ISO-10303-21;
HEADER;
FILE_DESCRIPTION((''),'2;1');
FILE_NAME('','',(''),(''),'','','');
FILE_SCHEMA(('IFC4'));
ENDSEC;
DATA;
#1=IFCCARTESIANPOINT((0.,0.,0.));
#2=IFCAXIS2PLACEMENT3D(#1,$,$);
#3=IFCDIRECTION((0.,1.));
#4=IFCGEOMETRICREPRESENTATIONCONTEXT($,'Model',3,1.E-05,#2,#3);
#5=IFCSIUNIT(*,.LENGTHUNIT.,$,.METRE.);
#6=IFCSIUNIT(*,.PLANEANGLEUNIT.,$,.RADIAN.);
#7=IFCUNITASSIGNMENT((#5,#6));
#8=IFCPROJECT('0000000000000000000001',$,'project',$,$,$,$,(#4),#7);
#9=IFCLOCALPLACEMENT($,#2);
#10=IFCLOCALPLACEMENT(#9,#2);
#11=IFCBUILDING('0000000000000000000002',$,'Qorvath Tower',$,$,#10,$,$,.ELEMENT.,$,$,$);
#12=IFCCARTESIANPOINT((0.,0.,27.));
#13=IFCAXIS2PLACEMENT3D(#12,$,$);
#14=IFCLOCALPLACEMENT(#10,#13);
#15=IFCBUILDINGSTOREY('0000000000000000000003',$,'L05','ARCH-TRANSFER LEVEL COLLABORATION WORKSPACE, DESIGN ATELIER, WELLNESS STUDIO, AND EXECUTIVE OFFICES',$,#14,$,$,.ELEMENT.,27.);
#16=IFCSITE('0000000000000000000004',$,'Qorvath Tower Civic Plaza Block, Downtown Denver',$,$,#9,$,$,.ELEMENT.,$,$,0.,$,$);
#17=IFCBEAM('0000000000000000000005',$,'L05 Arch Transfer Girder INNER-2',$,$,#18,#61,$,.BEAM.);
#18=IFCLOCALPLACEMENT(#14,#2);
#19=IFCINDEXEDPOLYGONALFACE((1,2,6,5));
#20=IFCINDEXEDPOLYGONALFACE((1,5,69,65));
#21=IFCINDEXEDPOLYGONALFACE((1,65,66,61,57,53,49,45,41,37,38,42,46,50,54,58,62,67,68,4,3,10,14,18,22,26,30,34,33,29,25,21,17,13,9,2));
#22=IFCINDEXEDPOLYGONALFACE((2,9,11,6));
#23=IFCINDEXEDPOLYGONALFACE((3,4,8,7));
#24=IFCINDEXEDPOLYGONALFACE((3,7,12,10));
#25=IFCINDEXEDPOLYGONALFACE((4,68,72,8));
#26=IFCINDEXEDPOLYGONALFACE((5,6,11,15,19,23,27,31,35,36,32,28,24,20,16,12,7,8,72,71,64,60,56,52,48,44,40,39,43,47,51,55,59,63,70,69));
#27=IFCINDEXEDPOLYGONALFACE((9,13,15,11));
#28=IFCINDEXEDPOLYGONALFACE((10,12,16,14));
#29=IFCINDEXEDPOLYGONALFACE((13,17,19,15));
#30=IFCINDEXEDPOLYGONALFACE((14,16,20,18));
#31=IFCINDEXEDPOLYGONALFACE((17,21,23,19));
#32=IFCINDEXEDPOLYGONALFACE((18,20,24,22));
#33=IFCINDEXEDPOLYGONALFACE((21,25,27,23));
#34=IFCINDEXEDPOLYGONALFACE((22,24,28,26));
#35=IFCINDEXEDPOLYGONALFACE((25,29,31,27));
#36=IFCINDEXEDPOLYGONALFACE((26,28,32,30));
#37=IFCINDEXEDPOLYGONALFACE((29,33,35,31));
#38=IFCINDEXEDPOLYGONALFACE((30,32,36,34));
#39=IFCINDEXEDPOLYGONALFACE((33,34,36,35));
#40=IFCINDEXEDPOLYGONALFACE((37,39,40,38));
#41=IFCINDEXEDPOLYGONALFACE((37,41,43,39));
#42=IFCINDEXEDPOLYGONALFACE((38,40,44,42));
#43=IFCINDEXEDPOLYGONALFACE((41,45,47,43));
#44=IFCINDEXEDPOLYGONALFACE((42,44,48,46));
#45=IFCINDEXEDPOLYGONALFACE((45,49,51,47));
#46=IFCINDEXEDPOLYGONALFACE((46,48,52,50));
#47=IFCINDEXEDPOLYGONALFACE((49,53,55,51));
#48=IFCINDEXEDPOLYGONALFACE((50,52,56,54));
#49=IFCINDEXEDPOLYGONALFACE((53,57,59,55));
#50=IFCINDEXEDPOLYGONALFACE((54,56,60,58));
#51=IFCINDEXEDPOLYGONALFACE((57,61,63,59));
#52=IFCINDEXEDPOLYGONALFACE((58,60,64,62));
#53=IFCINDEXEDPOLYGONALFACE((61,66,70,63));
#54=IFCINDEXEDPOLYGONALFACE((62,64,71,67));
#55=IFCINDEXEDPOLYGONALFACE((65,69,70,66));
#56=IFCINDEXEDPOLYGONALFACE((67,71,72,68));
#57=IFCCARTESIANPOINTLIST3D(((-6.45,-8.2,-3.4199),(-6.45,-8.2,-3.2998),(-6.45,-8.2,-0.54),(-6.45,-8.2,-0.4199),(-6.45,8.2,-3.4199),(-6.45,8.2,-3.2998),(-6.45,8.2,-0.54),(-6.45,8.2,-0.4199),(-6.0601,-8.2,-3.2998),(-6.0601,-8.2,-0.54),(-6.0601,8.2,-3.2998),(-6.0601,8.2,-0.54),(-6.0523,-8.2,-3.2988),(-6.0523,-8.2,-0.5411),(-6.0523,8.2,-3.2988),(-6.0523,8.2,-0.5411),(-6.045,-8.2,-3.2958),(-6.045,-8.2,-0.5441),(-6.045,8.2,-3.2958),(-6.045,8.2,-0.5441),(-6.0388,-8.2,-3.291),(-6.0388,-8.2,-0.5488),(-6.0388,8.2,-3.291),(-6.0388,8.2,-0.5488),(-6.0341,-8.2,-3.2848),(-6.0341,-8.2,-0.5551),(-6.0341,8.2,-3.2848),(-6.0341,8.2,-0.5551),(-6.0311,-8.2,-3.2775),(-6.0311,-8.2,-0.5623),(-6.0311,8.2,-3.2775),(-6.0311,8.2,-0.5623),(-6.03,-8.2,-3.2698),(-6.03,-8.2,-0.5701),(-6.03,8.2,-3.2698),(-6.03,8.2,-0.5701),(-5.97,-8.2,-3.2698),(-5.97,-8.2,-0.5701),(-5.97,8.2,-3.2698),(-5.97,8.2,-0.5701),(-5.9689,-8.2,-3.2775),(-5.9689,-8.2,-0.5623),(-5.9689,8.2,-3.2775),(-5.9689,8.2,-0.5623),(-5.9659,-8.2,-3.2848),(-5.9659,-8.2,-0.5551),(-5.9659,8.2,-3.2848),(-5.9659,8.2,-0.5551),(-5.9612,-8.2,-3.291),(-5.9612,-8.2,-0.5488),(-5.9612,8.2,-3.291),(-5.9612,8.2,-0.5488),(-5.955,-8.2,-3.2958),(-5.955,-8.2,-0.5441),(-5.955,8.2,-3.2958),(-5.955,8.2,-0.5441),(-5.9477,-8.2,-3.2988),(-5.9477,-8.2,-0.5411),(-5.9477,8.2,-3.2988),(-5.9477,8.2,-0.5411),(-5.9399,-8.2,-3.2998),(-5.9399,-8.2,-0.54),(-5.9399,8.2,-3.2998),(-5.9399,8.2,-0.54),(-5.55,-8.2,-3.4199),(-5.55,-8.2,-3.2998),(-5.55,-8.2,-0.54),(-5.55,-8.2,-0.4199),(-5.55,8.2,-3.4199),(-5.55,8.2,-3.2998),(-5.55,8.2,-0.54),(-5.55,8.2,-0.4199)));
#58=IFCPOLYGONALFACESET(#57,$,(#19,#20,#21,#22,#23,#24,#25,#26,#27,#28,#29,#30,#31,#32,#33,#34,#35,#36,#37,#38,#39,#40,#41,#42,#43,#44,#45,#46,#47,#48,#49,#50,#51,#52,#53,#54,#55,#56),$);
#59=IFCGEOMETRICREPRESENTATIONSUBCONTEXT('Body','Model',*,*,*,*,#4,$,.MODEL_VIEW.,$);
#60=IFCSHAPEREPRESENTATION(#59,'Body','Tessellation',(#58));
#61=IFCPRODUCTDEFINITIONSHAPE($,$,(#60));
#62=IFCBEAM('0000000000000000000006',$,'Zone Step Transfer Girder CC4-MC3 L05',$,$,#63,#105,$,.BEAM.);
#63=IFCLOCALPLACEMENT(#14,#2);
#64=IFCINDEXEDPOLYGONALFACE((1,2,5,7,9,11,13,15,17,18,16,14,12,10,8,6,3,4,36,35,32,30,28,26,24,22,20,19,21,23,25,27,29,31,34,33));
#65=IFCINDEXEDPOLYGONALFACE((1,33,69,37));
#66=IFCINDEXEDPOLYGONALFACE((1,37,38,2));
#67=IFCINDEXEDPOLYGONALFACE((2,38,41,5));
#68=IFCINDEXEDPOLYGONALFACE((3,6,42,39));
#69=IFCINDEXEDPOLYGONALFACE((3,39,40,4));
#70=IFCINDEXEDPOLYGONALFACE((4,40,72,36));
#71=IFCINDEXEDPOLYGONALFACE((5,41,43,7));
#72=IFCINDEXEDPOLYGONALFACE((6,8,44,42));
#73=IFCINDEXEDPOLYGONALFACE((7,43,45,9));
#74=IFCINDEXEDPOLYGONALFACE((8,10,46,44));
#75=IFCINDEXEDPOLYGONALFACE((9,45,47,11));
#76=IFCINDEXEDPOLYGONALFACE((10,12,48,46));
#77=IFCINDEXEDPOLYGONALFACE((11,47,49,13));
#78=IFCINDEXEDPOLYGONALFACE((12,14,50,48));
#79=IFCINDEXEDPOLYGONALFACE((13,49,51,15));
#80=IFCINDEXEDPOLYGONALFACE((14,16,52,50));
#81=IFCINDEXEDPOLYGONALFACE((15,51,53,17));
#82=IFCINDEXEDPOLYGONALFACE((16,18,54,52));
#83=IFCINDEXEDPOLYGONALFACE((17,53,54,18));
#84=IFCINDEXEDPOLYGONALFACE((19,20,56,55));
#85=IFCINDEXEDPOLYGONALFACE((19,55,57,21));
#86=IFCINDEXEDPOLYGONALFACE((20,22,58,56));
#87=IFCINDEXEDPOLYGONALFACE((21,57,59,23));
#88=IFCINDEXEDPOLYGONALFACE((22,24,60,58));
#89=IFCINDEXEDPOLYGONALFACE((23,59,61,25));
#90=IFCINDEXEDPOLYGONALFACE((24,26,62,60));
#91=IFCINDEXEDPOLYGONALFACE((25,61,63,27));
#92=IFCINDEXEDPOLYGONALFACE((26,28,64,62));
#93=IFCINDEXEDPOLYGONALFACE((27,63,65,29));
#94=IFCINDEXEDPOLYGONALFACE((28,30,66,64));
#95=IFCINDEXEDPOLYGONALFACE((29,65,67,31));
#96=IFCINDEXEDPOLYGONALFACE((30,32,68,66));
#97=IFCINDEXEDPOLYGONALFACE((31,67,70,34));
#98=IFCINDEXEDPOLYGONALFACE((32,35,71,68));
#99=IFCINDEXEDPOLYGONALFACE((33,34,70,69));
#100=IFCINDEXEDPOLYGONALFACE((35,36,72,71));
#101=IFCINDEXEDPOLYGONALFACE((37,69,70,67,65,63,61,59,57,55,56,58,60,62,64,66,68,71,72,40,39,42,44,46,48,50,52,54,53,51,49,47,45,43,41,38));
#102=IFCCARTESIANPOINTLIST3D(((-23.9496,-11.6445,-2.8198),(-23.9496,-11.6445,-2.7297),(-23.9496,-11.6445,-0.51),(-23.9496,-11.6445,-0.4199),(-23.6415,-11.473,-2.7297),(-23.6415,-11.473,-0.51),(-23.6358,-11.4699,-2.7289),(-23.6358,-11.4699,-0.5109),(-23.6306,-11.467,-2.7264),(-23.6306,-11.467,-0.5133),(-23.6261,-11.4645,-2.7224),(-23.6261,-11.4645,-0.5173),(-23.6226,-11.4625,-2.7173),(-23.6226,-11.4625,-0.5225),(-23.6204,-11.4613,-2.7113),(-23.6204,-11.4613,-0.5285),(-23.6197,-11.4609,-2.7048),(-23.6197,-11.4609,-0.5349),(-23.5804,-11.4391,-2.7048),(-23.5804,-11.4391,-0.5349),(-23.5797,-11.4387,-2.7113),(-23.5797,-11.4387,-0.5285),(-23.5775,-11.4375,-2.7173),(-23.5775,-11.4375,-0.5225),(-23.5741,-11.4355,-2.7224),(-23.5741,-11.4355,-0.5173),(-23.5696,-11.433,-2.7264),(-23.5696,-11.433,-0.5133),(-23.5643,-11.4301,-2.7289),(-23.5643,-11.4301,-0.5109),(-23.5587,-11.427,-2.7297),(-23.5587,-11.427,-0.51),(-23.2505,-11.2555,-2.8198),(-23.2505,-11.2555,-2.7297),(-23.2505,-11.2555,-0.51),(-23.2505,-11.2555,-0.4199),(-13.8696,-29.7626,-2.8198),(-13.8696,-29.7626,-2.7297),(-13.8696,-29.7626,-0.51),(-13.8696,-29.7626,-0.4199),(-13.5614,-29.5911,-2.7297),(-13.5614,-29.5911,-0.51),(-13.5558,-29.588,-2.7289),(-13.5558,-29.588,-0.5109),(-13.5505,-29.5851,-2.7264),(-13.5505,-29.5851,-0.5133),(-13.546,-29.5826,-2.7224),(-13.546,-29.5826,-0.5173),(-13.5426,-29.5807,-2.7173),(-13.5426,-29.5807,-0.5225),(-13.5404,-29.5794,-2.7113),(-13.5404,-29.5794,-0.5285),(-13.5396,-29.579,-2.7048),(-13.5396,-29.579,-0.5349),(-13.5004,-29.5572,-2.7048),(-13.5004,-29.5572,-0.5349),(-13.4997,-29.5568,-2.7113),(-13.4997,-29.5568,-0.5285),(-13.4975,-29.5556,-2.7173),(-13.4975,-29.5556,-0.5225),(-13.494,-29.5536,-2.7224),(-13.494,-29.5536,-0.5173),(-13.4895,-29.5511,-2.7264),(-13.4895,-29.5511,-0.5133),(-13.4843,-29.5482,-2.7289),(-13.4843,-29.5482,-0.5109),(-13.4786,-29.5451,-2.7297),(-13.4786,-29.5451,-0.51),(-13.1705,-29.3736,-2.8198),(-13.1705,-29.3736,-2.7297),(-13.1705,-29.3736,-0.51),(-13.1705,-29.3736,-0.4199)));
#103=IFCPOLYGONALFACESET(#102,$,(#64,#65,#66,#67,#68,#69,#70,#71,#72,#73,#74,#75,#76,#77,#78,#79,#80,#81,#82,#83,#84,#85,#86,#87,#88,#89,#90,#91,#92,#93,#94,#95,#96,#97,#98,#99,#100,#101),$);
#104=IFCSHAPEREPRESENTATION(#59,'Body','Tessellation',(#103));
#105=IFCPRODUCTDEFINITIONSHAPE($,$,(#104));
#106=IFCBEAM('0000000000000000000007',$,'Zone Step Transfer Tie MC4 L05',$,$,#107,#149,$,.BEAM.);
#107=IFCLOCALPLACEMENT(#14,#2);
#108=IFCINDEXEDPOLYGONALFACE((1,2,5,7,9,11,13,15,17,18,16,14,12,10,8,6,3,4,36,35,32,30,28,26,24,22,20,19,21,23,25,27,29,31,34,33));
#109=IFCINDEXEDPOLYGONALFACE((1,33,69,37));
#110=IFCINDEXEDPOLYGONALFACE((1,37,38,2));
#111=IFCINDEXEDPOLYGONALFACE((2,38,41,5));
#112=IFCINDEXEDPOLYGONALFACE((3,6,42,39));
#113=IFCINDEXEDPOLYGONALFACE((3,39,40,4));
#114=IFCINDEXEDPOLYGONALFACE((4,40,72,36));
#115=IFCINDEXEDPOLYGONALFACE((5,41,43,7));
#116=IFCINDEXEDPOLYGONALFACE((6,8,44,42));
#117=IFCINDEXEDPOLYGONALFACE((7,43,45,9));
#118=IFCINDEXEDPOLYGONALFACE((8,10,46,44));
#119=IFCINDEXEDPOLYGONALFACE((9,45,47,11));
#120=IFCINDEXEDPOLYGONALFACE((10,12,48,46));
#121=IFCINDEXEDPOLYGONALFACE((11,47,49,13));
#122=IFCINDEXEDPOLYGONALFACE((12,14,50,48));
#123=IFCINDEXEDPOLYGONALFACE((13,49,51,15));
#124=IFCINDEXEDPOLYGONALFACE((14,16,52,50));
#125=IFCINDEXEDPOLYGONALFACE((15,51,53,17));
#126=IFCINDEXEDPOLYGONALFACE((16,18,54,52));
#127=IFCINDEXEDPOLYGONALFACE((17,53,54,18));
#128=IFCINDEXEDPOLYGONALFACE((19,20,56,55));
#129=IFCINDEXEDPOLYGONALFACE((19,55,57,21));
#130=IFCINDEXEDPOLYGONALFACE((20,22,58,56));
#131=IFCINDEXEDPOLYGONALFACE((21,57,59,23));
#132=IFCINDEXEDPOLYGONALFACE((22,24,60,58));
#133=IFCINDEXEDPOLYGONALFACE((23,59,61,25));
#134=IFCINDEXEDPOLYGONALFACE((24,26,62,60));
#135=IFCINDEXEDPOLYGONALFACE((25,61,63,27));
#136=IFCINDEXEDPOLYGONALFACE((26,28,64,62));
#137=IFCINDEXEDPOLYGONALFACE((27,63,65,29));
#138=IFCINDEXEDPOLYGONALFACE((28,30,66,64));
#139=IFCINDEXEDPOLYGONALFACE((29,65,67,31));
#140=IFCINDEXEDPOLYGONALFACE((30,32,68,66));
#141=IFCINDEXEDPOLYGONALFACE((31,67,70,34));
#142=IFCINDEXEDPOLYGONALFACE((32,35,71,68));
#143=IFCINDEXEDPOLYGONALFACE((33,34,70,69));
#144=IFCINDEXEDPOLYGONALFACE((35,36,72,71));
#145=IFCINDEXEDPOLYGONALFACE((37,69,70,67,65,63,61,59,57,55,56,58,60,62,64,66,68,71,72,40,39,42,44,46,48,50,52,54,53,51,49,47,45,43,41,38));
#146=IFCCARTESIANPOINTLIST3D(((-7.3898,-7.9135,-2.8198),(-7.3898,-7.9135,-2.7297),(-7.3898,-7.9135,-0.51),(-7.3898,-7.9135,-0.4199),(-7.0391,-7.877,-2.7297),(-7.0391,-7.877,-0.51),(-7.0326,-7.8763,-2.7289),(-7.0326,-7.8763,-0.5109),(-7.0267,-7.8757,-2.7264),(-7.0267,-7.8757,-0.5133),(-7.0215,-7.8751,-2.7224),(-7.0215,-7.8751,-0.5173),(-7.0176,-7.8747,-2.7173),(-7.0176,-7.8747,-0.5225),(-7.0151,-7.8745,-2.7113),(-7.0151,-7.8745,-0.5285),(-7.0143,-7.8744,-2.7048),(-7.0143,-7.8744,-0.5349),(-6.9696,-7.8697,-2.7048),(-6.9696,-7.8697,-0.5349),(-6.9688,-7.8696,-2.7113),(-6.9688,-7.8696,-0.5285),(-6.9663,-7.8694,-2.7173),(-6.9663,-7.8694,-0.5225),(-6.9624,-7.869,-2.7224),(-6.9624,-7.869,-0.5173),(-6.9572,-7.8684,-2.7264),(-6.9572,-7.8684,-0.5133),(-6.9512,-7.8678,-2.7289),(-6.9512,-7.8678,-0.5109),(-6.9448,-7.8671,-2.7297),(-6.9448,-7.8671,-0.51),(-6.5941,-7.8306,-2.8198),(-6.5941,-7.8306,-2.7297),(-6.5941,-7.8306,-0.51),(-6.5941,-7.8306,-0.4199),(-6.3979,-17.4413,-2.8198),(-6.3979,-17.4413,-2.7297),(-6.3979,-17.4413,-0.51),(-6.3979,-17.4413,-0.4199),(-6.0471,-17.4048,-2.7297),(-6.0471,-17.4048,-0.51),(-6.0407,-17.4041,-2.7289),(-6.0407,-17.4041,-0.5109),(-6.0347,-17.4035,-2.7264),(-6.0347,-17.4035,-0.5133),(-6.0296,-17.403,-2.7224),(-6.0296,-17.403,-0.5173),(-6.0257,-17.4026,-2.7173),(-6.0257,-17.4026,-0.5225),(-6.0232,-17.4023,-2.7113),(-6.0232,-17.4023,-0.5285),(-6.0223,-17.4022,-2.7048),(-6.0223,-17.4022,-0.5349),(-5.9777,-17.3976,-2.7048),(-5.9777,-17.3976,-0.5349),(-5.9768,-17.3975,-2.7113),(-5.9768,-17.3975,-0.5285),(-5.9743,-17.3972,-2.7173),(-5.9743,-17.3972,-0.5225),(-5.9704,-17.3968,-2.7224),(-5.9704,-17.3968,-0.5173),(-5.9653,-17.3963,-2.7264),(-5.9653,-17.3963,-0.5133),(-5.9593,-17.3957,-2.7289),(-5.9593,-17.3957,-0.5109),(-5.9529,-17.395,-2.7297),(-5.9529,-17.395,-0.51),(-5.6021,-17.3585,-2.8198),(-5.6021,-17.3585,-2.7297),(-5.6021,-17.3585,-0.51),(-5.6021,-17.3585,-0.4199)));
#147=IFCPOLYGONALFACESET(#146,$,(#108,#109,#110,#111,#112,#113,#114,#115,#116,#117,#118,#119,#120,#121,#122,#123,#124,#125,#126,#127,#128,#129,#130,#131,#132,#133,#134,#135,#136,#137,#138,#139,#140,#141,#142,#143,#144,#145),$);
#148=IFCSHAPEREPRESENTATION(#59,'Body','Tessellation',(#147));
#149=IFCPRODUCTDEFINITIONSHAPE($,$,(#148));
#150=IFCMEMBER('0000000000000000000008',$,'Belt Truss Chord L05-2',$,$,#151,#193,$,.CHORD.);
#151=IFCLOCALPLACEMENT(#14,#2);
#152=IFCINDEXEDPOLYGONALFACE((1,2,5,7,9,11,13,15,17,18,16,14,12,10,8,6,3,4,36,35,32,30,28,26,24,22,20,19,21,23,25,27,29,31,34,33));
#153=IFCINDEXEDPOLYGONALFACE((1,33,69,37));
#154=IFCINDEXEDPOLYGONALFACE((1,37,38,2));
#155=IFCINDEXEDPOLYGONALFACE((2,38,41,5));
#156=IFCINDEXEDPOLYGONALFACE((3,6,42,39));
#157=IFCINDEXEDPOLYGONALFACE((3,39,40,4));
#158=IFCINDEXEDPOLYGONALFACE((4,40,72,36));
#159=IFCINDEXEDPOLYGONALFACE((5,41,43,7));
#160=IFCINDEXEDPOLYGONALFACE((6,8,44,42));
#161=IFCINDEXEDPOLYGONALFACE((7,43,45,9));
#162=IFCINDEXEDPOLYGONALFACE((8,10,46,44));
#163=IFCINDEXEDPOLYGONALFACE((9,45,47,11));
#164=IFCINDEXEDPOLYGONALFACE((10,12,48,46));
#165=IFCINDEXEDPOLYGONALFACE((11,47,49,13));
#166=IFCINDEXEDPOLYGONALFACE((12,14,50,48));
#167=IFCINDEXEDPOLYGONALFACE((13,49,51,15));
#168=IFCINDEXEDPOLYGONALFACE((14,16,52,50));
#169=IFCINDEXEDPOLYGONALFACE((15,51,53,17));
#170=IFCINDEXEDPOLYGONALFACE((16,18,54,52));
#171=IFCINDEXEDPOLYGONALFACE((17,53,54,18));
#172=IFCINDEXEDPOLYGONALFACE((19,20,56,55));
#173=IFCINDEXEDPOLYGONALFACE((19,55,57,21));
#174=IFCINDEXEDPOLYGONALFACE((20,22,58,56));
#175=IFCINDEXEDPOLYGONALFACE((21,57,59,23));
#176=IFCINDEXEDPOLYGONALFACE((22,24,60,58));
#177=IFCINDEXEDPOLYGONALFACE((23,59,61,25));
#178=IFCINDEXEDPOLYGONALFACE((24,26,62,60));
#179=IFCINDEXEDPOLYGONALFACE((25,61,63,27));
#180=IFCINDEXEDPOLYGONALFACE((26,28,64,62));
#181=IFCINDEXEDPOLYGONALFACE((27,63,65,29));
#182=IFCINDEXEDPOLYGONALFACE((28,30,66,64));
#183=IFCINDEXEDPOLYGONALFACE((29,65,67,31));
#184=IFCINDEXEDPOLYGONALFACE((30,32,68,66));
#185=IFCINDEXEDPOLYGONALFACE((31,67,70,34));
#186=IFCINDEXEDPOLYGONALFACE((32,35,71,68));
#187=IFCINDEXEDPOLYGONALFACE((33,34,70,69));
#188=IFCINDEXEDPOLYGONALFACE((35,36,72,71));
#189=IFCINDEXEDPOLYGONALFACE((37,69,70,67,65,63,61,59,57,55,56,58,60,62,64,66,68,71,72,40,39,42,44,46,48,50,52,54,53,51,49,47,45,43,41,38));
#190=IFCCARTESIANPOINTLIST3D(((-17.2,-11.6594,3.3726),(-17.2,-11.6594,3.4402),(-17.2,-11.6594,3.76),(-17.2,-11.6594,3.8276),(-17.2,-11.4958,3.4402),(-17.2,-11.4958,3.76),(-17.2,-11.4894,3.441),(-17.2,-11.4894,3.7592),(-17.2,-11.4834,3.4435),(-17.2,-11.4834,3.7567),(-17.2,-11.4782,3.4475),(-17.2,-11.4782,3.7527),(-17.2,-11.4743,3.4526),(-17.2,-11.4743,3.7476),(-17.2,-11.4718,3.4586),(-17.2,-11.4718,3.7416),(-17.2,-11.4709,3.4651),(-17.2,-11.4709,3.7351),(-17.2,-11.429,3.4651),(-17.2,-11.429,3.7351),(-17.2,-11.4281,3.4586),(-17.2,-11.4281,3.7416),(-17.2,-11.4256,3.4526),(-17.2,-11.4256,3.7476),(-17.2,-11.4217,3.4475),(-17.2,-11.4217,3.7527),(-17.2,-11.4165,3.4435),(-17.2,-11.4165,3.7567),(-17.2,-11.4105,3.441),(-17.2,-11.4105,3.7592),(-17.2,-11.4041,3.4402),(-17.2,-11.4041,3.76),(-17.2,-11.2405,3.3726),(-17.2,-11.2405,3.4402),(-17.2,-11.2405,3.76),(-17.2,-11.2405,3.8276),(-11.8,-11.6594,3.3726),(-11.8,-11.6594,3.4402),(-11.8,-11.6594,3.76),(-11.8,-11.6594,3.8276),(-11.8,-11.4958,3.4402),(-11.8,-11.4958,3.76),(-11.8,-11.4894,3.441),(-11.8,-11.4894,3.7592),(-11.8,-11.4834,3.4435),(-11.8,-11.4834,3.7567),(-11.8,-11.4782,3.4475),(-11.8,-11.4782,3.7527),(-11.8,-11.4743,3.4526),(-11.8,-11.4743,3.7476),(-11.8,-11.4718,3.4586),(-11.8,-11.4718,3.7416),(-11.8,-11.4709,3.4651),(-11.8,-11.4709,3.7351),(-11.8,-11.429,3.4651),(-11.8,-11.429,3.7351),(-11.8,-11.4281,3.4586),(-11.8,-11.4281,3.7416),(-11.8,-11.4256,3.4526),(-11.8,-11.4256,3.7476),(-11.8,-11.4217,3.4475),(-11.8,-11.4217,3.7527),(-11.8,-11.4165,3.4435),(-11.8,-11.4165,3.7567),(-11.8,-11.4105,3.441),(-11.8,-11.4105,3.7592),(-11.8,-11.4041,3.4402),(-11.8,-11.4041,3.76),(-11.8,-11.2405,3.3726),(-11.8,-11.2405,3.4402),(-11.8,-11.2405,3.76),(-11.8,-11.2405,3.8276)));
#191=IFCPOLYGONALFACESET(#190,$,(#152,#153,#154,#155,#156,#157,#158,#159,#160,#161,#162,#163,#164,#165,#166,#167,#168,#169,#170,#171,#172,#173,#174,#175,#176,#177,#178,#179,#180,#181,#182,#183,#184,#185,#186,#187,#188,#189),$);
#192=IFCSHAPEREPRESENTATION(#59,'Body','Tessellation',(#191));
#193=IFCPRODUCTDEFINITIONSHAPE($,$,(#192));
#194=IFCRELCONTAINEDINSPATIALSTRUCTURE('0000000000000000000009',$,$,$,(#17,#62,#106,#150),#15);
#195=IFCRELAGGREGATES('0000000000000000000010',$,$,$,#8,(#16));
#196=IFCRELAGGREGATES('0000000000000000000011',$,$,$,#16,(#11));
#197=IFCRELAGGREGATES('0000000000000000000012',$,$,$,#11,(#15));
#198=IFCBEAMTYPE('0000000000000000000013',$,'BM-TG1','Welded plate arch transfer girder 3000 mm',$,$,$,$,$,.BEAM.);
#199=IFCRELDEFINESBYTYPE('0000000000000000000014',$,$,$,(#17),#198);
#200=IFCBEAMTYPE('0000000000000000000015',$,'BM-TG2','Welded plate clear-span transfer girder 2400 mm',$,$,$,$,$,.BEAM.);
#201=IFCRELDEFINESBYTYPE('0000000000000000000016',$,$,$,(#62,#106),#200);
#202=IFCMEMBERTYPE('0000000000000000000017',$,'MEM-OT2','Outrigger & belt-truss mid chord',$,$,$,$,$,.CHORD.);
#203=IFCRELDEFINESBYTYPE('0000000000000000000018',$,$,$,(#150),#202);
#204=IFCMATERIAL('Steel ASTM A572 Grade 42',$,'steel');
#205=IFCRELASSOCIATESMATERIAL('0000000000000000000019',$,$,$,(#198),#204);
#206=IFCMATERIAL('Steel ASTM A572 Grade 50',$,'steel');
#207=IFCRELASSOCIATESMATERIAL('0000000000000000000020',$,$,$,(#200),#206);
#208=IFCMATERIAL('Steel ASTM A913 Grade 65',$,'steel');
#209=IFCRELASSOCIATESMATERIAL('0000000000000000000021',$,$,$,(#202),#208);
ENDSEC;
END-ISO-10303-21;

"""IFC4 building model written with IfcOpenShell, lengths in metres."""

from ifc_helpers import new_model, si_unit, direction, frame, origin, origin_2d, place, context, subcontext, project, spatial, i_section, extrude, material, material_profile, profile_set, type_object, element, save


model = new_model("IFC4")

# Units and contexts
model_context = context("Model", 3, precision=1e-05, world=origin(), true_north=direction((0.0, 1.0)))
body_context = subcontext(model_context, "Body", "Model", "MODEL_VIEW")
ifc_project = project(units=[si_unit("LENGTHUNIT", "METRE"), si_unit("PLANEANGLEUNIT", "RADIAN")], contexts=[model_context])

# Site, building, storey
site_placement = place(None, origin())
site = spatial("IfcSite", under=ifc_project, at=site_placement, Name="Qorvath Tower Civic Plaza Block, Downtown Denver", CompositionType="ELEMENT", RefElevation=0.0)
building_placement = place(site_placement, origin())
building = spatial("IfcBuilding", under=site, at=building_placement, Name="Qorvath Tower", CompositionType="ELEMENT")
storey_placement = place(building_placement, frame((0.0, 0.0, 27.0)))
storey = spatial("IfcBuildingStorey", under=building, at=storey_placement, Name="L05", Description="ARCH-TRANSFER LEVEL COLLABORATION WORKSPACE, DESIGN ATELIER, WELLNESS STUDIO, AND EXECUTIVE OFFICES", CompositionType="ELEMENT", Elevation=27.0)

# Beams
ifc_material_1 = material(Name="Steel ASTM A572 Grade 42", Category="steel")
ifc_material_profile_1 = material_profile(ifc_material_1, i_section(OverallWidth=0.8999, OverallDepth=3.0, WebThickness=0.0601, FlangeThickness=0.1201, FilletRadius=0.03, at=origin_2d()), Name="WTG 3000x900")
ifc_profile_set_1 = profile_set([ifc_material_profile_1], Name="Steel ASTM A572 Grade 42")
beam_type_1 = type_object("IfcBeamType", Name="BM-TG1", Description="Welded plate arch transfer girder 3000 mm", PredefinedType="BEAM", material=ifc_profile_set_1)
beam_1_placement = place(storey_placement, frame((-6.0, -8.2, -1.9199), z_axis=(0.0, 1.0, 0.0), x_axis=(-1.0, 0.0, 0.0)))
element("IfcBeam", 1, at=beam_1_placement, inside=storey, type_object=beam_type_1, Name="L05 Arch Transfer Girder INNER-2", PredefinedType="BEAM", context=body_context, shape_type="SweptSolid", body=[
    extrude(i_section(OverallWidth=0.8999, OverallDepth=3.0, WebThickness=0.0601, FlangeThickness=0.1201, FilletRadius=0.03, at=origin_2d()), origin(), (0.0, 0.0, 1.0), 16.3999),
])
ifc_material_2 = material(Name="Steel ASTM A572 Grade 50", Category="steel")
ifc_material_profile_2 = material_profile(ifc_material_2, i_section(OverallWidth=0.8, OverallDepth=2.3999, WebThickness=0.0449, FlangeThickness=0.0901, FilletRadius=0.0249, at=origin_2d()), Name="WTG 2400x800")
ifc_profile_set_2 = profile_set([ifc_material_profile_2], Name="Steel ASTM A572 Grade 50")
beam_type_2 = type_object("IfcBeamType", Name="BM-TG2", Description="Welded plate clear-span transfer girder 2400 mm", PredefinedType="BEAM", material=ifc_profile_set_2)
beam_2_placement = place(storey_placement, frame((-13.52, -29.5681, -1.6199), z_axis=(-0.486175, 0.873862, 0.0), x_axis=(-0.873862, -0.486175, 0.0)))
element("IfcBeam", 2, at=beam_2_placement, inside=storey, type_object=beam_type_2, Name="Zone Step Transfer Girder CC4-MC3 L05", PredefinedType="BEAM", context=body_context, shape_type="SweptSolid", body=[
    extrude(i_section(OverallWidth=0.8, OverallDepth=2.3999, WebThickness=0.0449, FlangeThickness=0.0901, FilletRadius=0.0249, at=origin_2d()), origin(), (0.0, 0.0, 1.0), 20.7334),
])
beam_3_placement = place(storey_placement, frame((-6.0, -17.3999, -1.6199), z_axis=(-0.10355, 0.994624, 0.0), x_axis=(-0.994624, -0.10355, 0.0)))
element("IfcBeam", 3, at=beam_3_placement, inside=storey, type_object=beam_type_2, Name="Zone Step Transfer Tie MC4 L05", PredefinedType="BEAM", context=body_context, shape_type="SweptSolid", body=[
    extrude(i_section(OverallWidth=0.8, OverallDepth=2.3999, WebThickness=0.0449, FlangeThickness=0.0901, FilletRadius=0.0249, at=origin_2d()), origin(), (0.0, 0.0, 1.0), 9.5793),
])

# Member
ifc_material_3 = material(Name="Steel ASTM A913 Grade 65", Category="steel")
ifc_material_profile_3 = material_profile(ifc_material_3, i_section(OverallWidth=0.4189, OverallDepth=0.4551, WebThickness=0.042, FlangeThickness=0.0676, FilletRadius=0.0249, at=origin_2d()), Name="W14x370")
ifc_profile_set_3 = profile_set([ifc_material_profile_3], Name="Steel ASTM A913 Grade 65")
member_type = type_object("IfcMemberType", Name="MEM-OT2", Description="Outrigger & belt-truss mid chord", PredefinedType="CHORD", material=ifc_profile_set_3)
member_placement = place(storey_placement, frame((-17.2, -11.45, 3.6001), z_axis=(1.0, 0.0, 0.0), x_axis=(0.0, 1.0, 0.0)))
element("IfcMember", 4, at=member_placement, inside=storey, type_object=member_type, Name="Belt Truss Chord L05-2", PredefinedType="CHORD", context=body_context, shape_type="SweptSolid", body=[
    extrude(i_section(OverallWidth=0.4189, OverallDepth=0.4551, WebThickness=0.042, FlangeThickness=0.0676, FilletRadius=0.0249, at=origin_2d()), origin(), (0.0, 0.0, 1.0), 5.3999),
])

save(model, "model.ifc")
